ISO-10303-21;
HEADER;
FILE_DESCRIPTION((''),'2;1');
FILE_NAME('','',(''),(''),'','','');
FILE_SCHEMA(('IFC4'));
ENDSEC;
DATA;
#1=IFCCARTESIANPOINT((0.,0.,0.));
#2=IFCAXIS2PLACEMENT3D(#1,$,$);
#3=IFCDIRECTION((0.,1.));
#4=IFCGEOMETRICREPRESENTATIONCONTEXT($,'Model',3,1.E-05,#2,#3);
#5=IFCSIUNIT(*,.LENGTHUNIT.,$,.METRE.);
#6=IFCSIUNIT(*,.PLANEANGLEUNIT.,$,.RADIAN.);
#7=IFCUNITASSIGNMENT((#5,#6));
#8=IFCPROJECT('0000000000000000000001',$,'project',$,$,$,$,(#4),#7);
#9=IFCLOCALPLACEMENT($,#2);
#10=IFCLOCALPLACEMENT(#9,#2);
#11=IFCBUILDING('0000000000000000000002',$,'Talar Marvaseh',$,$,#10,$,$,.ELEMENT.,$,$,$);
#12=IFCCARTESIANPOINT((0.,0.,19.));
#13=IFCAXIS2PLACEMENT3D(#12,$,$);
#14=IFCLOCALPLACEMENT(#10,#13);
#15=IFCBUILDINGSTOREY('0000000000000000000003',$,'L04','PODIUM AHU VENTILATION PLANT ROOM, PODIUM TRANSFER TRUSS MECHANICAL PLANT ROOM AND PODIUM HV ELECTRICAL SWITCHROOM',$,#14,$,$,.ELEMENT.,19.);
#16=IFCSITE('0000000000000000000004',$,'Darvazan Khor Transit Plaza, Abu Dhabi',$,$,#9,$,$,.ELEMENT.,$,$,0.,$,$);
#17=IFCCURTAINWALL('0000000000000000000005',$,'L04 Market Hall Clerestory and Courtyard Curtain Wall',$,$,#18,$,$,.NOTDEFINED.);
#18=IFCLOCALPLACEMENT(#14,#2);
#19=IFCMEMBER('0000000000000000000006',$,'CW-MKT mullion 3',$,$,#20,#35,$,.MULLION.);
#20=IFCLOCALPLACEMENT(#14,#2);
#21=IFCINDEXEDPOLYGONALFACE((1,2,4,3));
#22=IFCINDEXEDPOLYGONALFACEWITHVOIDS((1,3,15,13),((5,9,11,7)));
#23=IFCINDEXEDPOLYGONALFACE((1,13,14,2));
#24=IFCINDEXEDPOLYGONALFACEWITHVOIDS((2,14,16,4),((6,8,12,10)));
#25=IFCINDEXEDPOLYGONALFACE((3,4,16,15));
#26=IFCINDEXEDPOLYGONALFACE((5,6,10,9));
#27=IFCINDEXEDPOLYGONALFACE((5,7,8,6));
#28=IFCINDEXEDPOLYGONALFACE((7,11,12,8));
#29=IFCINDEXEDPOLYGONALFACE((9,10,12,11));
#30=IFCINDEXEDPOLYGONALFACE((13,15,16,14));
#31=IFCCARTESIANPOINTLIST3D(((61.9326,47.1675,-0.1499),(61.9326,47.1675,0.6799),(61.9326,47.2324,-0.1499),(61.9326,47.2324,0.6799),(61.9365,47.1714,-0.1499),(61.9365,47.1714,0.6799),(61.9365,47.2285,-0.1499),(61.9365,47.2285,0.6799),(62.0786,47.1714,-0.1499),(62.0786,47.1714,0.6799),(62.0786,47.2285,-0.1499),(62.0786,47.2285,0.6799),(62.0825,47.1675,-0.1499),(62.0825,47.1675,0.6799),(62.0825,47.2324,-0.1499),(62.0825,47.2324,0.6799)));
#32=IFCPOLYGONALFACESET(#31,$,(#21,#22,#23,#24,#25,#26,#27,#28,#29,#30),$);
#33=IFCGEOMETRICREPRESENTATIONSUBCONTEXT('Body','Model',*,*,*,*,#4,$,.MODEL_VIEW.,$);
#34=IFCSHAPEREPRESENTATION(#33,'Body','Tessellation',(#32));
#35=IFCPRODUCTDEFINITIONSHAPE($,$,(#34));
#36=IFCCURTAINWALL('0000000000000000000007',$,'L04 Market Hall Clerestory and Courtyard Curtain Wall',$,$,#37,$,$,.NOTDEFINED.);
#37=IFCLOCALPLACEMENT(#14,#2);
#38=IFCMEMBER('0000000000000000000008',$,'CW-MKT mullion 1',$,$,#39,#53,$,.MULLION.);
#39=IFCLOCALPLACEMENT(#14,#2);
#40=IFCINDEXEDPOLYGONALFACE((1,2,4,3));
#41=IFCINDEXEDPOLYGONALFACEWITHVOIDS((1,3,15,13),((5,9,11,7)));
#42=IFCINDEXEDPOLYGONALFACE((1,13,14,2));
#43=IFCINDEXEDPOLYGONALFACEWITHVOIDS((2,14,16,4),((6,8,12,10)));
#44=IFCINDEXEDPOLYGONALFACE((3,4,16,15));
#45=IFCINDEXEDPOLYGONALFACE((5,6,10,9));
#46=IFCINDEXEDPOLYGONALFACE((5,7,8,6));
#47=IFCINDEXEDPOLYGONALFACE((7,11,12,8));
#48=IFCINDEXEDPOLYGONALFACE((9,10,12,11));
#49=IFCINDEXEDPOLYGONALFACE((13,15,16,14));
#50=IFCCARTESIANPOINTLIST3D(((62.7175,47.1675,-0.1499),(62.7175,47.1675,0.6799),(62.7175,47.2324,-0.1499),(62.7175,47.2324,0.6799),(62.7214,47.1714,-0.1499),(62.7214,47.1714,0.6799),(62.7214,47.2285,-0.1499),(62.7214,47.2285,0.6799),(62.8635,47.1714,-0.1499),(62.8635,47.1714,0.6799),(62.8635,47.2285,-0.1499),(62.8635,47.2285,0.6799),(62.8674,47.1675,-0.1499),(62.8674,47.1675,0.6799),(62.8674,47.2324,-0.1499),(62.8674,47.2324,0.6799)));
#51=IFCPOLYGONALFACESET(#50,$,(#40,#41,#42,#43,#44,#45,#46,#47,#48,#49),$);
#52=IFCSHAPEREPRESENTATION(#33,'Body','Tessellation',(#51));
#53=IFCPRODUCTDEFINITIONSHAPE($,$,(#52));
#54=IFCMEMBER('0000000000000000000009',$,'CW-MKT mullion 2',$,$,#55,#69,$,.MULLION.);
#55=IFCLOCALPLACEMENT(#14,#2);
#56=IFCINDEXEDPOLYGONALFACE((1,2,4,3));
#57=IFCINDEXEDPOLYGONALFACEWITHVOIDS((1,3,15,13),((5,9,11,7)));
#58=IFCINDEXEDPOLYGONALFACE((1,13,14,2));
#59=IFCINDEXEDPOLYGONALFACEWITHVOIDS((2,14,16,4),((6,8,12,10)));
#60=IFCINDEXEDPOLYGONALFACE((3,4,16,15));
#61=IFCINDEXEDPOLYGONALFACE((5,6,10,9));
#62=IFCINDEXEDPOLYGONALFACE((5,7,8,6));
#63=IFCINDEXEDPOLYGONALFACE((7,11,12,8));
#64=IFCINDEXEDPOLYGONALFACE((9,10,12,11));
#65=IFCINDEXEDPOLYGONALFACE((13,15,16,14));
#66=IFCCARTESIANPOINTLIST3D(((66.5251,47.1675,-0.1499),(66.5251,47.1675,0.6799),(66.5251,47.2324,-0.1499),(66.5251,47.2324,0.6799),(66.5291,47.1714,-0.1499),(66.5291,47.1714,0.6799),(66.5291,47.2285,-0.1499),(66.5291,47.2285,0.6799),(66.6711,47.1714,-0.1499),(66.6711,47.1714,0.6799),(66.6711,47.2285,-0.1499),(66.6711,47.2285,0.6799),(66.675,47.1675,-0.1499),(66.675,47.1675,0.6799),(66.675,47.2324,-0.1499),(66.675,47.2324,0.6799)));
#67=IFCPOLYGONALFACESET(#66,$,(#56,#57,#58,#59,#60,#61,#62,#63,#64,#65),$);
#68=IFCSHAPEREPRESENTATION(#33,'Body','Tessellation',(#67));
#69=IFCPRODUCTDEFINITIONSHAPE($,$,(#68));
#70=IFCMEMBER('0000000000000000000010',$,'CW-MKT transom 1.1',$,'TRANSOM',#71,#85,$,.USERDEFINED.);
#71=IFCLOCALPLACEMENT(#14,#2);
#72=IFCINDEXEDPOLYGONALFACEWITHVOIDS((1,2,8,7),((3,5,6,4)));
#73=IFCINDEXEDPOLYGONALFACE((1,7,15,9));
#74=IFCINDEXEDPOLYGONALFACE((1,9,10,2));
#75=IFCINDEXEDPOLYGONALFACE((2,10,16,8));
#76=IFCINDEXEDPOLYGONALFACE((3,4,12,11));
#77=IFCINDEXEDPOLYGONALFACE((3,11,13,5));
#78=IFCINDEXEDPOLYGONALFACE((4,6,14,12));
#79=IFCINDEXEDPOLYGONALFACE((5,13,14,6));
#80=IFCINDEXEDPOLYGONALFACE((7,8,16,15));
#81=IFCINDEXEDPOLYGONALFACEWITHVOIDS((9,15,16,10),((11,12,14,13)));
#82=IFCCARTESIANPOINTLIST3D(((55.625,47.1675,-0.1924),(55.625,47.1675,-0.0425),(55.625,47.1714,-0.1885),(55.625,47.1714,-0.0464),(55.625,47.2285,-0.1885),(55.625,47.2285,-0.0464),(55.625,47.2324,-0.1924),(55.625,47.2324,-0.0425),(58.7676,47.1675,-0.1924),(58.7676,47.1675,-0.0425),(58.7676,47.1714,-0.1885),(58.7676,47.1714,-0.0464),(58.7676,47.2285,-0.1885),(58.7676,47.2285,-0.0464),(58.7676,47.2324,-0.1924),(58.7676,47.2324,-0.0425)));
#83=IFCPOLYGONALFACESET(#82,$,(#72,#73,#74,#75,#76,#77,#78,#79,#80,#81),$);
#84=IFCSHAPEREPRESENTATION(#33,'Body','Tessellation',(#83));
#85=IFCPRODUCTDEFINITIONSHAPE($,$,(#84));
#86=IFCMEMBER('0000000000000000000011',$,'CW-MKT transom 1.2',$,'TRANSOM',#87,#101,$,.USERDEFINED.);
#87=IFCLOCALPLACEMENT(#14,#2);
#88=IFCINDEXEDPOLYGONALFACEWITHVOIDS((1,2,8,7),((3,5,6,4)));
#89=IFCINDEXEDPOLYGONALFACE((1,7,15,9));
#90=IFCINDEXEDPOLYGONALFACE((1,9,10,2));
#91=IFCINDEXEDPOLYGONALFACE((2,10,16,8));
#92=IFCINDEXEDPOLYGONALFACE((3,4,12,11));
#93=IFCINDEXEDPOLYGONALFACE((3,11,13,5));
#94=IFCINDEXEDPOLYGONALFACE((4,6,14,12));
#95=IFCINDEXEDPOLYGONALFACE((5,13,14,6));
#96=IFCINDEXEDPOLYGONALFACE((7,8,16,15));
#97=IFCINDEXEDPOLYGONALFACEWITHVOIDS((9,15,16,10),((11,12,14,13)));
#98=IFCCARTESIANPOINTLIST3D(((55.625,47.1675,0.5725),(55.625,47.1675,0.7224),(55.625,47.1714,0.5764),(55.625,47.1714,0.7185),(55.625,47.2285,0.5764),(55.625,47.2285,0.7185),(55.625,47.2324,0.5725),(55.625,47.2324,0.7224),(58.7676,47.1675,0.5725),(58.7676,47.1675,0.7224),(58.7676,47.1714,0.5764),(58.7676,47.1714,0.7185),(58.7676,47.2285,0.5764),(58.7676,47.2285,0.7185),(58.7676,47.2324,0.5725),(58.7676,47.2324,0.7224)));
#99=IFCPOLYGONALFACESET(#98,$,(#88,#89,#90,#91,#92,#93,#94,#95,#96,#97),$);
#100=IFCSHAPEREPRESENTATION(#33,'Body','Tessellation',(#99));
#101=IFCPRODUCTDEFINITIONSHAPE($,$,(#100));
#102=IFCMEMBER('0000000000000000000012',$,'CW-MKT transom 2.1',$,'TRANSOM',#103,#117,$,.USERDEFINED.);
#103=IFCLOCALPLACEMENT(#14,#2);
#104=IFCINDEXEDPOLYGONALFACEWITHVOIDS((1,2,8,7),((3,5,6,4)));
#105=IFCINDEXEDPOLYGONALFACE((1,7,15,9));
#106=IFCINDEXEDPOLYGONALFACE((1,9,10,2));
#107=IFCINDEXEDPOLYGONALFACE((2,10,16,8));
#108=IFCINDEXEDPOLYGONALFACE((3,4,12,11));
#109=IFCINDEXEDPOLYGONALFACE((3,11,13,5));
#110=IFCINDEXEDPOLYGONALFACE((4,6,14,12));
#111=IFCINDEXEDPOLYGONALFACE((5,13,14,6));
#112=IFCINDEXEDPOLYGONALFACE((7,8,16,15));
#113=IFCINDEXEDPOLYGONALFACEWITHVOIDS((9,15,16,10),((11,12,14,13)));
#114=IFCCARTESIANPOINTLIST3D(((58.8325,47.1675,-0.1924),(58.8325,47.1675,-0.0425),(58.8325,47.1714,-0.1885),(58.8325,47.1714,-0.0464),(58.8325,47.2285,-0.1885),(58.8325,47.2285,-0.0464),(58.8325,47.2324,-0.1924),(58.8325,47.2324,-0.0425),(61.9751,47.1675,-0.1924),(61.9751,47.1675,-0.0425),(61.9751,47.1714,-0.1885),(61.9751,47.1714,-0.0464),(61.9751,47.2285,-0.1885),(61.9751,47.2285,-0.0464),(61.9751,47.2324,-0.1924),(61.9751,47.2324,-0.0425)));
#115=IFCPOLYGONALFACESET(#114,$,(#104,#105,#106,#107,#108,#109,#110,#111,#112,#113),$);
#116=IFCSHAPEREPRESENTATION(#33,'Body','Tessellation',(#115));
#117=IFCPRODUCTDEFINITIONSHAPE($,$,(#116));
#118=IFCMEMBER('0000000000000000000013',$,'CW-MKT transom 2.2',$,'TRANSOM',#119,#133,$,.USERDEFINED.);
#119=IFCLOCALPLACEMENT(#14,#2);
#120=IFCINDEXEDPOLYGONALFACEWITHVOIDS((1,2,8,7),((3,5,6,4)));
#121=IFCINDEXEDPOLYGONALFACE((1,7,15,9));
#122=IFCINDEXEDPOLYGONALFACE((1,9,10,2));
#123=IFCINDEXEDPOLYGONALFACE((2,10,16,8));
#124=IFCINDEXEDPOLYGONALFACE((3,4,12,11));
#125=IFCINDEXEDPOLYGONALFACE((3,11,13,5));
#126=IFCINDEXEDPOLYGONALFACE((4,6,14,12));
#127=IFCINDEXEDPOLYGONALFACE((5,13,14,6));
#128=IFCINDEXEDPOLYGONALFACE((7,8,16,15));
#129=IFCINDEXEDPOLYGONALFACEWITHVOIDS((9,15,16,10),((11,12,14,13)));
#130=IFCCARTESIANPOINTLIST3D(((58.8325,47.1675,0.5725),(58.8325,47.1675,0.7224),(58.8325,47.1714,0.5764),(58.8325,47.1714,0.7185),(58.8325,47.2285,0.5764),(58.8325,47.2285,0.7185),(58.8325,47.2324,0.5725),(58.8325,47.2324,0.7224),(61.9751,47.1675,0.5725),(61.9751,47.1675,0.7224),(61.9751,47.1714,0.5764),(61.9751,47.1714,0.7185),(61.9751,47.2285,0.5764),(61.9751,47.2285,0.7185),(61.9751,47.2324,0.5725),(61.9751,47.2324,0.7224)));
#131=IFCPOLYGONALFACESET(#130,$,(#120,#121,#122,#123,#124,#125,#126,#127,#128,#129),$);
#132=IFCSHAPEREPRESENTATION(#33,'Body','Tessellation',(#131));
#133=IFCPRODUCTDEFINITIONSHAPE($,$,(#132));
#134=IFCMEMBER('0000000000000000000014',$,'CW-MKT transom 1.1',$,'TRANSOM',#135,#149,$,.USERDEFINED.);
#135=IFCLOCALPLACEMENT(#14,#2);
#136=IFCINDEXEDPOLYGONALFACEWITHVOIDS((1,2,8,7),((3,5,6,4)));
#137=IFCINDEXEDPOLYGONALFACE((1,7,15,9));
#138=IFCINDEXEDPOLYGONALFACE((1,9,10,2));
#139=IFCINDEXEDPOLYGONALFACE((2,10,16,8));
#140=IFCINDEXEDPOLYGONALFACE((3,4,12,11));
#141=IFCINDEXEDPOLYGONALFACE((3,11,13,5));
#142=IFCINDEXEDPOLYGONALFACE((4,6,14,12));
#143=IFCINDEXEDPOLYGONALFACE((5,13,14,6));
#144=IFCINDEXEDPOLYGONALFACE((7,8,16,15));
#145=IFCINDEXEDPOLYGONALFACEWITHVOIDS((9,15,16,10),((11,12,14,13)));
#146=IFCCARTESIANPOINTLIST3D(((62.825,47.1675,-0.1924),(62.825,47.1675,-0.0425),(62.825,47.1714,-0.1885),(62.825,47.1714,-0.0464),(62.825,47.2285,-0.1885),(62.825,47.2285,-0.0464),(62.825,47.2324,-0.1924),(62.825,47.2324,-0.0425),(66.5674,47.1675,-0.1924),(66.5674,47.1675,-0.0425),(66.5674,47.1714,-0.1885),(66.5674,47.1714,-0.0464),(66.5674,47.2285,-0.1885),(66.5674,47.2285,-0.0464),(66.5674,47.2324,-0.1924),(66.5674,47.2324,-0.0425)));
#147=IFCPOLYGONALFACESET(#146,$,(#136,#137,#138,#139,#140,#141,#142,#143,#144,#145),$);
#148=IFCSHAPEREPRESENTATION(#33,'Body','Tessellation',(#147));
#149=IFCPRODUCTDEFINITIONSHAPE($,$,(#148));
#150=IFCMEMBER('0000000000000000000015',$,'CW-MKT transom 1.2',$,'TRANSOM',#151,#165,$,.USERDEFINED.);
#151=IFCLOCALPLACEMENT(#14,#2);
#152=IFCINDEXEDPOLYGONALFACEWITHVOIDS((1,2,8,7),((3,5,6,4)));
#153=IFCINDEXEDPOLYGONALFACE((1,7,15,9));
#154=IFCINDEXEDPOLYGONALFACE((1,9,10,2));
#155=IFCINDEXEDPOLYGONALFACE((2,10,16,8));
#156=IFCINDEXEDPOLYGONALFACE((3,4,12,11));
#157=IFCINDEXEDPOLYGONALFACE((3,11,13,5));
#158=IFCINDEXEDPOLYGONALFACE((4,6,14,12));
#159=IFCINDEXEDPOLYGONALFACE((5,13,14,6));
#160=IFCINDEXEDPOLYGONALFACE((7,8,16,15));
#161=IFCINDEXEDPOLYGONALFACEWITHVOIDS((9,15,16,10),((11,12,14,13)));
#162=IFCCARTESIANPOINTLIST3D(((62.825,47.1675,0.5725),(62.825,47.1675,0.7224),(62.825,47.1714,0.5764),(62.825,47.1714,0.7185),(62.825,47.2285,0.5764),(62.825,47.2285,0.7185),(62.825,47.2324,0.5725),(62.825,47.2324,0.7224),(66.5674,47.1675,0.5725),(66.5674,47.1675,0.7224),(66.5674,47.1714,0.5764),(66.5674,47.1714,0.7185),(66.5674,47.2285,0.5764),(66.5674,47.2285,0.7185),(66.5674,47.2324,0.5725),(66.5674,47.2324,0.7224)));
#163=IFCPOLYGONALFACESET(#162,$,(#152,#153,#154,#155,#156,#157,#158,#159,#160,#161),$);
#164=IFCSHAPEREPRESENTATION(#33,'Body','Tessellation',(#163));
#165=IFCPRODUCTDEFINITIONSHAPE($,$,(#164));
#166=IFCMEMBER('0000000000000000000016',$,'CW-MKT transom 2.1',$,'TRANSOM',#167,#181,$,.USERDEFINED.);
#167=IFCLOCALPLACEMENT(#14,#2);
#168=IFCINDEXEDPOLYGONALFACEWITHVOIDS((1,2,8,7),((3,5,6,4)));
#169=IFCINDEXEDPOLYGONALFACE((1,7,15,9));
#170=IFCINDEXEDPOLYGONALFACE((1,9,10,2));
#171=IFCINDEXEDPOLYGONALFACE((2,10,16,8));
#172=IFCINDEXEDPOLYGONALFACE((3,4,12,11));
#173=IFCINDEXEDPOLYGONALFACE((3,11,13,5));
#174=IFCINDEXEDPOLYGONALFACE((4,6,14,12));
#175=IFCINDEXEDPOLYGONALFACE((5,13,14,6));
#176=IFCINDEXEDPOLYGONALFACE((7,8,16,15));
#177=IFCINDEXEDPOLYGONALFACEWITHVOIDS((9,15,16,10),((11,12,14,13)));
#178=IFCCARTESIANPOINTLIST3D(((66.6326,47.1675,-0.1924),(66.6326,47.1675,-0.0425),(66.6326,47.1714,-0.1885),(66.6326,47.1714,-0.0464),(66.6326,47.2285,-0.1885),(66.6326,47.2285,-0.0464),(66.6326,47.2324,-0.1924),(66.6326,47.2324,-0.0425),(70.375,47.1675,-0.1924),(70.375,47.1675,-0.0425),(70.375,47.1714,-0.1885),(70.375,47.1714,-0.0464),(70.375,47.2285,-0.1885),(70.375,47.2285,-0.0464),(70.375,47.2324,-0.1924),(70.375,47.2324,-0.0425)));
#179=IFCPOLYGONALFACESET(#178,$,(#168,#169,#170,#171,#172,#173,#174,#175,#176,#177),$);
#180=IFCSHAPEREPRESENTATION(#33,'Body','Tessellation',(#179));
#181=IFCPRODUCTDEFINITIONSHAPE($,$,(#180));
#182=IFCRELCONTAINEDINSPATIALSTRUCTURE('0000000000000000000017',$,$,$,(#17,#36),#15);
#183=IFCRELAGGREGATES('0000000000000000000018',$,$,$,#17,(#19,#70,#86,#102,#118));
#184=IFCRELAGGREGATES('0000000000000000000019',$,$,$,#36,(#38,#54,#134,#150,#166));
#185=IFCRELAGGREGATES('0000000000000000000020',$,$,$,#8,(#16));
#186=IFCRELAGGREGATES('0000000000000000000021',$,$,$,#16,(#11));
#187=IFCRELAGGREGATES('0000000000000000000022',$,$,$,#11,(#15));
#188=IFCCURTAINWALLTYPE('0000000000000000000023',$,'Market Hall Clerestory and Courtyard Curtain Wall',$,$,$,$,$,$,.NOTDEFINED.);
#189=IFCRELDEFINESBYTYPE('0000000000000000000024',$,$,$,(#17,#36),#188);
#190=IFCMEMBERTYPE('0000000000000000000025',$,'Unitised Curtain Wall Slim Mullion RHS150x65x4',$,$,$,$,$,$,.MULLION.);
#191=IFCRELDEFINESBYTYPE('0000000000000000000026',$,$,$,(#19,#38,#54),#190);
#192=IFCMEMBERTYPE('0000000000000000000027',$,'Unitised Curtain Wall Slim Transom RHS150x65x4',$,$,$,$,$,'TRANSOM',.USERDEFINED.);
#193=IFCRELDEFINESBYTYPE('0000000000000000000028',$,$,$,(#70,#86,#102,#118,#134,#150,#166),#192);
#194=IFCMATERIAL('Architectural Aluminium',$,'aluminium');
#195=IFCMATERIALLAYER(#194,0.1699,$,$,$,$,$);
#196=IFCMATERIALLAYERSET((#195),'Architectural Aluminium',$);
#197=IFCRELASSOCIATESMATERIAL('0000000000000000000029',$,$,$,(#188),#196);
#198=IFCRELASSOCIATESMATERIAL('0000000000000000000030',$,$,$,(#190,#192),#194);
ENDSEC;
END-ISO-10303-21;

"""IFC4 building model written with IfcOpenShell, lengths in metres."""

from ifc_helpers import new_model, si_unit, direction, frame, origin, origin_2d, place, context, subcontext, project, spatial, hollow_rectangle, extrude, source, transform, mapped, material, layer, layer_set, material_profile, profile_set, type_object, type_shapes, element, aggregate, save


model = new_model("IFC4")

# Units and contexts
model_context = context("Model", 3, precision=1e-05, world=origin(), true_north=direction((0.0, 1.0)))
body_context = subcontext(model_context, "Body", "Model", "MODEL_VIEW")
ifc_project = project(units=[si_unit("LENGTHUNIT", "METRE"), si_unit("PLANEANGLEUNIT", "RADIAN")], contexts=[model_context])

# Site, building, storey
site_placement = place(None, origin())
site = spatial("IfcSite", under=ifc_project, at=site_placement, Name="Darvazan Khor Transit Plaza, Abu Dhabi", CompositionType="ELEMENT", RefElevation=0.0)
building_placement = place(site_placement, origin())
building = spatial("IfcBuilding", under=site, at=building_placement, Name="Talar Marvaseh", CompositionType="ELEMENT")
storey_placement = place(building_placement, frame((0.0, 0.0, 19.0)))
storey = spatial("IfcBuildingStorey", under=building, at=storey_placement, Name="L04", Description="PODIUM AHU VENTILATION PLANT ROOM, PODIUM TRANSFER TRUSS MECHANICAL PLANT ROOM AND PODIUM HV ELECTRICAL SWITCHROOM", CompositionType="ELEMENT", Elevation=19.0)

# Curtain walls, members
ifc_material_1 = material(Name="Architectural Aluminium", Category="aluminium")
ifc_layer_1 = layer(ifc_material_1, 0.1699)
ifc_layer_set_1 = layer_set([ifc_layer_1], Name="Architectural Aluminium")
curtain_wall_type = type_object("IfcCurtainWallType", Name="Market Hall Clerestory and Courtyard Curtain Wall", PredefinedType="NOTDEFINED", material=ifc_layer_set_1)
curtain_wall_1_placement = place(storey_placement, origin())
curtain_wall_1 = element("IfcCurtainWall", 1, at=curtain_wall_1_placement, inside=storey, type_object=curtain_wall_type, Name="L04 Market Hall Clerestory and Courtyard Curtain Wall", PredefinedType="NOTDEFINED")
ifc_material_profile_1 = material_profile(ifc_material_1, hollow_rectangle(XDim=0.0649, YDim=0.1499, WallThickness=0.0039, at=origin_2d()), Name="RHS150x65x4")
ifc_profile_set_1 = profile_set([ifc_material_profile_1], Name="Architectural Aluminium")
member_type_1 = type_object("IfcMemberType", Name="Unitised Curtain Wall Slim Mullion RHS150x65x4", PredefinedType="MULLION", material=ifc_profile_set_1)
shared_shape_1 = source(origin(), body_context, "Body", "SweptSolid", [
    extrude(hollow_rectangle(XDim=0.0649, YDim=0.1499, WallThickness=0.0039, at=origin_2d()), origin(), (0.0, 0.0, 1.0), 0.8298),
])
type_shapes(member_type_1, [shared_shape_1])
member_1_placement = place(storey_placement, frame((62.0076, 47.2, -0.1499), z_axis=(0.0, 0.0, 1.0), x_axis=(0.0, 1.0, 0.0)))
member_1 = element("IfcMember", 2, at=member_1_placement, type_object=member_type_1, Name="CW-MKT mullion 3", PredefinedType="MULLION", context=body_context, shape_type="MappedRepresentation", body=[
    mapped(shared_shape_1, transform((0.0, 0.0, 0.0), x_axis=(1.0, 0.0, 0.0), y_axis=(0.0, 1.0, 0.0), z_axis=(0.0, 0.0, 1.0), scale=1.0)),
])
curtain_wall_2_placement = place(storey_placement, origin())
curtain_wall_2 = element("IfcCurtainWall", 3, at=curtain_wall_2_placement, inside=storey, type_object=curtain_wall_type, Name="L04 Market Hall Clerestory and Courtyard Curtain Wall", PredefinedType="NOTDEFINED")
member_2_placement = place(storey_placement, frame((62.7925, 47.2, -0.1499), z_axis=(0.0, 0.0, 1.0), x_axis=(0.0, 1.0, 0.0)))
member_2 = element("IfcMember", 4, at=member_2_placement, type_object=member_type_1, Name="CW-MKT mullion 1", PredefinedType="MULLION", context=body_context, shape_type="MappedRepresentation", body=[
    mapped(shared_shape_1, transform((0.0, 0.0, 0.0), x_axis=(1.0, 0.0, 0.0), y_axis=(0.0, 1.0, 0.0), z_axis=(0.0, 0.0, 1.0), scale=1.0)),
])
member_3_placement = place(storey_placement, frame((66.6001, 47.2, -0.1499), z_axis=(0.0, 0.0, 1.0), x_axis=(0.0, 1.0, 0.0)))
member_3 = element("IfcMember", 5, at=member_3_placement, type_object=member_type_1, Name="CW-MKT mullion 2", PredefinedType="MULLION", context=body_context, shape_type="MappedRepresentation", body=[
    mapped(shared_shape_1, transform((0.0, 0.0, 0.0), x_axis=(1.0, 0.0, 0.0), y_axis=(0.0, 1.0, 0.0), z_axis=(0.0, 0.0, 1.0), scale=1.0)),
])

# Members
ifc_material_profile_2 = material_profile(ifc_material_1, hollow_rectangle(XDim=0.0649, YDim=0.1499, WallThickness=0.0039, at=origin_2d()), Name="RHS150x65x4")
ifc_profile_set_2 = profile_set([ifc_material_profile_2], Name="Architectural Aluminium")
member_type_2 = type_object("IfcMemberType", Name="Unitised Curtain Wall Slim Transom RHS150x65x4", ElementType="TRANSOM", PredefinedType="USERDEFINED", material=ifc_profile_set_2)
shared_shape_2 = source(origin(), body_context, "Body", "SweptSolid", [
    extrude(hollow_rectangle(XDim=0.0649, YDim=0.1499, WallThickness=0.0039, at=origin_2d()), origin(), (0.0, 0.0, 1.0), 3.1426),
])
member_4_placement = place(storey_placement, frame((55.625, 47.2, -0.1174), z_axis=(1.0, 0.0, 0.0), x_axis=(0.0, 1.0, 0.0)))
member_4 = element("IfcMember", 6, at=member_4_placement, type_object=member_type_2, Name="CW-MKT transom 1.1", ObjectType="TRANSOM", PredefinedType="USERDEFINED", context=body_context, shape_type="MappedRepresentation", body=[
    mapped(shared_shape_2, transform((0.0, 0.0, 0.0), x_axis=(1.0, 0.0, 0.0), y_axis=(0.0, 1.0, 0.0), z_axis=(0.0, 0.0, 1.0), scale=1.0)),
])
member_5_placement = place(storey_placement, frame((55.625, 47.2, 0.6475), z_axis=(1.0, 0.0, 0.0), x_axis=(0.0, 1.0, 0.0)))
member_5 = element("IfcMember", 7, at=member_5_placement, type_object=member_type_2, Name="CW-MKT transom 1.2", ObjectType="TRANSOM", PredefinedType="USERDEFINED", context=body_context, shape_type="MappedRepresentation", body=[
    mapped(shared_shape_2, transform((0.0, 0.0, 0.0), x_axis=(1.0, 0.0, 0.0), y_axis=(0.0, 1.0, 0.0), z_axis=(0.0, 0.0, 1.0), scale=1.0)),
])
member_6_placement = place(storey_placement, frame((58.8325, 47.2, -0.1174), z_axis=(1.0, 0.0, 0.0), x_axis=(0.0, 1.0, 0.0)))
member_6 = element("IfcMember", 8, at=member_6_placement, type_object=member_type_2, Name="CW-MKT transom 2.1", ObjectType="TRANSOM", PredefinedType="USERDEFINED", context=body_context, shape_type="MappedRepresentation", body=[
    mapped(shared_shape_2, transform((0.0, 0.0, 0.0), x_axis=(1.0, 0.0, 0.0), y_axis=(0.0, 1.0, 0.0), z_axis=(0.0, 0.0, 1.0), scale=1.0)),
])
member_7_placement = place(storey_placement, frame((58.8325, 47.2, 0.6475), z_axis=(1.0, 0.0, 0.0), x_axis=(0.0, 1.0, 0.0)))
member_7 = element("IfcMember", 9, at=member_7_placement, type_object=member_type_2, Name="CW-MKT transom 2.2", ObjectType="TRANSOM", PredefinedType="USERDEFINED", context=body_context, shape_type="MappedRepresentation", body=[
    mapped(shared_shape_2, transform((0.0, 0.0, 0.0), x_axis=(1.0, 0.0, 0.0), y_axis=(0.0, 1.0, 0.0), z_axis=(0.0, 0.0, 1.0), scale=1.0)),
])
shared_shape_3 = source(origin(), body_context, "Body", "SweptSolid", [
    extrude(hollow_rectangle(XDim=0.0649, YDim=0.1499, WallThickness=0.0039, at=origin_2d()), origin(), (0.0, 0.0, 1.0), 3.7424),
])
type_shapes(member_type_2, [shared_shape_2, shared_shape_3])
member_8_placement = place(storey_placement, frame((62.825, 47.2, -0.1174), z_axis=(1.0, 0.0, 0.0), x_axis=(0.0, 1.0, 0.0)))
member_8 = element("IfcMember", 10, at=member_8_placement, type_object=member_type_2, Name="CW-MKT transom 1.1", ObjectType="TRANSOM", PredefinedType="USERDEFINED", context=body_context, shape_type="MappedRepresentation", body=[
    mapped(shared_shape_3, transform((0.0, 0.0, 0.0), x_axis=(1.0, 0.0, 0.0), y_axis=(0.0, 1.0, 0.0), z_axis=(0.0, 0.0, 1.0), scale=1.0)),
])
member_9_placement = place(storey_placement, frame((62.825, 47.2, 0.6475), z_axis=(1.0, 0.0, 0.0), x_axis=(0.0, 1.0, 0.0)))
member_9 = element("IfcMember", 11, at=member_9_placement, type_object=member_type_2, Name="CW-MKT transom 1.2", ObjectType="TRANSOM", PredefinedType="USERDEFINED", context=body_context, shape_type="MappedRepresentation", body=[
    mapped(shared_shape_3, transform((0.0, 0.0, 0.0), x_axis=(1.0, 0.0, 0.0), y_axis=(0.0, 1.0, 0.0), z_axis=(0.0, 0.0, 1.0), scale=1.0)),
])
member_10_placement = place(storey_placement, frame((66.6326, 47.2, -0.1174), z_axis=(1.0, 0.0, 0.0), x_axis=(0.0, 1.0, 0.0)))
member_10 = element("IfcMember", 12, at=member_10_placement, type_object=member_type_2, Name="CW-MKT transom 2.1", ObjectType="TRANSOM", PredefinedType="USERDEFINED", context=body_context, shape_type="MappedRepresentation", body=[
    mapped(shared_shape_3, transform((0.0, 0.0, 0.0), x_axis=(1.0, 0.0, 0.0), y_axis=(0.0, 1.0, 0.0), z_axis=(0.0, 0.0, 1.0), scale=1.0)),
])

aggregate(curtain_wall_1, [member_1, member_4, member_5, member_6, member_7])
aggregate(curtain_wall_2, [member_2, member_3, member_8, member_9, member_10])

save(model, "model.ifc")
